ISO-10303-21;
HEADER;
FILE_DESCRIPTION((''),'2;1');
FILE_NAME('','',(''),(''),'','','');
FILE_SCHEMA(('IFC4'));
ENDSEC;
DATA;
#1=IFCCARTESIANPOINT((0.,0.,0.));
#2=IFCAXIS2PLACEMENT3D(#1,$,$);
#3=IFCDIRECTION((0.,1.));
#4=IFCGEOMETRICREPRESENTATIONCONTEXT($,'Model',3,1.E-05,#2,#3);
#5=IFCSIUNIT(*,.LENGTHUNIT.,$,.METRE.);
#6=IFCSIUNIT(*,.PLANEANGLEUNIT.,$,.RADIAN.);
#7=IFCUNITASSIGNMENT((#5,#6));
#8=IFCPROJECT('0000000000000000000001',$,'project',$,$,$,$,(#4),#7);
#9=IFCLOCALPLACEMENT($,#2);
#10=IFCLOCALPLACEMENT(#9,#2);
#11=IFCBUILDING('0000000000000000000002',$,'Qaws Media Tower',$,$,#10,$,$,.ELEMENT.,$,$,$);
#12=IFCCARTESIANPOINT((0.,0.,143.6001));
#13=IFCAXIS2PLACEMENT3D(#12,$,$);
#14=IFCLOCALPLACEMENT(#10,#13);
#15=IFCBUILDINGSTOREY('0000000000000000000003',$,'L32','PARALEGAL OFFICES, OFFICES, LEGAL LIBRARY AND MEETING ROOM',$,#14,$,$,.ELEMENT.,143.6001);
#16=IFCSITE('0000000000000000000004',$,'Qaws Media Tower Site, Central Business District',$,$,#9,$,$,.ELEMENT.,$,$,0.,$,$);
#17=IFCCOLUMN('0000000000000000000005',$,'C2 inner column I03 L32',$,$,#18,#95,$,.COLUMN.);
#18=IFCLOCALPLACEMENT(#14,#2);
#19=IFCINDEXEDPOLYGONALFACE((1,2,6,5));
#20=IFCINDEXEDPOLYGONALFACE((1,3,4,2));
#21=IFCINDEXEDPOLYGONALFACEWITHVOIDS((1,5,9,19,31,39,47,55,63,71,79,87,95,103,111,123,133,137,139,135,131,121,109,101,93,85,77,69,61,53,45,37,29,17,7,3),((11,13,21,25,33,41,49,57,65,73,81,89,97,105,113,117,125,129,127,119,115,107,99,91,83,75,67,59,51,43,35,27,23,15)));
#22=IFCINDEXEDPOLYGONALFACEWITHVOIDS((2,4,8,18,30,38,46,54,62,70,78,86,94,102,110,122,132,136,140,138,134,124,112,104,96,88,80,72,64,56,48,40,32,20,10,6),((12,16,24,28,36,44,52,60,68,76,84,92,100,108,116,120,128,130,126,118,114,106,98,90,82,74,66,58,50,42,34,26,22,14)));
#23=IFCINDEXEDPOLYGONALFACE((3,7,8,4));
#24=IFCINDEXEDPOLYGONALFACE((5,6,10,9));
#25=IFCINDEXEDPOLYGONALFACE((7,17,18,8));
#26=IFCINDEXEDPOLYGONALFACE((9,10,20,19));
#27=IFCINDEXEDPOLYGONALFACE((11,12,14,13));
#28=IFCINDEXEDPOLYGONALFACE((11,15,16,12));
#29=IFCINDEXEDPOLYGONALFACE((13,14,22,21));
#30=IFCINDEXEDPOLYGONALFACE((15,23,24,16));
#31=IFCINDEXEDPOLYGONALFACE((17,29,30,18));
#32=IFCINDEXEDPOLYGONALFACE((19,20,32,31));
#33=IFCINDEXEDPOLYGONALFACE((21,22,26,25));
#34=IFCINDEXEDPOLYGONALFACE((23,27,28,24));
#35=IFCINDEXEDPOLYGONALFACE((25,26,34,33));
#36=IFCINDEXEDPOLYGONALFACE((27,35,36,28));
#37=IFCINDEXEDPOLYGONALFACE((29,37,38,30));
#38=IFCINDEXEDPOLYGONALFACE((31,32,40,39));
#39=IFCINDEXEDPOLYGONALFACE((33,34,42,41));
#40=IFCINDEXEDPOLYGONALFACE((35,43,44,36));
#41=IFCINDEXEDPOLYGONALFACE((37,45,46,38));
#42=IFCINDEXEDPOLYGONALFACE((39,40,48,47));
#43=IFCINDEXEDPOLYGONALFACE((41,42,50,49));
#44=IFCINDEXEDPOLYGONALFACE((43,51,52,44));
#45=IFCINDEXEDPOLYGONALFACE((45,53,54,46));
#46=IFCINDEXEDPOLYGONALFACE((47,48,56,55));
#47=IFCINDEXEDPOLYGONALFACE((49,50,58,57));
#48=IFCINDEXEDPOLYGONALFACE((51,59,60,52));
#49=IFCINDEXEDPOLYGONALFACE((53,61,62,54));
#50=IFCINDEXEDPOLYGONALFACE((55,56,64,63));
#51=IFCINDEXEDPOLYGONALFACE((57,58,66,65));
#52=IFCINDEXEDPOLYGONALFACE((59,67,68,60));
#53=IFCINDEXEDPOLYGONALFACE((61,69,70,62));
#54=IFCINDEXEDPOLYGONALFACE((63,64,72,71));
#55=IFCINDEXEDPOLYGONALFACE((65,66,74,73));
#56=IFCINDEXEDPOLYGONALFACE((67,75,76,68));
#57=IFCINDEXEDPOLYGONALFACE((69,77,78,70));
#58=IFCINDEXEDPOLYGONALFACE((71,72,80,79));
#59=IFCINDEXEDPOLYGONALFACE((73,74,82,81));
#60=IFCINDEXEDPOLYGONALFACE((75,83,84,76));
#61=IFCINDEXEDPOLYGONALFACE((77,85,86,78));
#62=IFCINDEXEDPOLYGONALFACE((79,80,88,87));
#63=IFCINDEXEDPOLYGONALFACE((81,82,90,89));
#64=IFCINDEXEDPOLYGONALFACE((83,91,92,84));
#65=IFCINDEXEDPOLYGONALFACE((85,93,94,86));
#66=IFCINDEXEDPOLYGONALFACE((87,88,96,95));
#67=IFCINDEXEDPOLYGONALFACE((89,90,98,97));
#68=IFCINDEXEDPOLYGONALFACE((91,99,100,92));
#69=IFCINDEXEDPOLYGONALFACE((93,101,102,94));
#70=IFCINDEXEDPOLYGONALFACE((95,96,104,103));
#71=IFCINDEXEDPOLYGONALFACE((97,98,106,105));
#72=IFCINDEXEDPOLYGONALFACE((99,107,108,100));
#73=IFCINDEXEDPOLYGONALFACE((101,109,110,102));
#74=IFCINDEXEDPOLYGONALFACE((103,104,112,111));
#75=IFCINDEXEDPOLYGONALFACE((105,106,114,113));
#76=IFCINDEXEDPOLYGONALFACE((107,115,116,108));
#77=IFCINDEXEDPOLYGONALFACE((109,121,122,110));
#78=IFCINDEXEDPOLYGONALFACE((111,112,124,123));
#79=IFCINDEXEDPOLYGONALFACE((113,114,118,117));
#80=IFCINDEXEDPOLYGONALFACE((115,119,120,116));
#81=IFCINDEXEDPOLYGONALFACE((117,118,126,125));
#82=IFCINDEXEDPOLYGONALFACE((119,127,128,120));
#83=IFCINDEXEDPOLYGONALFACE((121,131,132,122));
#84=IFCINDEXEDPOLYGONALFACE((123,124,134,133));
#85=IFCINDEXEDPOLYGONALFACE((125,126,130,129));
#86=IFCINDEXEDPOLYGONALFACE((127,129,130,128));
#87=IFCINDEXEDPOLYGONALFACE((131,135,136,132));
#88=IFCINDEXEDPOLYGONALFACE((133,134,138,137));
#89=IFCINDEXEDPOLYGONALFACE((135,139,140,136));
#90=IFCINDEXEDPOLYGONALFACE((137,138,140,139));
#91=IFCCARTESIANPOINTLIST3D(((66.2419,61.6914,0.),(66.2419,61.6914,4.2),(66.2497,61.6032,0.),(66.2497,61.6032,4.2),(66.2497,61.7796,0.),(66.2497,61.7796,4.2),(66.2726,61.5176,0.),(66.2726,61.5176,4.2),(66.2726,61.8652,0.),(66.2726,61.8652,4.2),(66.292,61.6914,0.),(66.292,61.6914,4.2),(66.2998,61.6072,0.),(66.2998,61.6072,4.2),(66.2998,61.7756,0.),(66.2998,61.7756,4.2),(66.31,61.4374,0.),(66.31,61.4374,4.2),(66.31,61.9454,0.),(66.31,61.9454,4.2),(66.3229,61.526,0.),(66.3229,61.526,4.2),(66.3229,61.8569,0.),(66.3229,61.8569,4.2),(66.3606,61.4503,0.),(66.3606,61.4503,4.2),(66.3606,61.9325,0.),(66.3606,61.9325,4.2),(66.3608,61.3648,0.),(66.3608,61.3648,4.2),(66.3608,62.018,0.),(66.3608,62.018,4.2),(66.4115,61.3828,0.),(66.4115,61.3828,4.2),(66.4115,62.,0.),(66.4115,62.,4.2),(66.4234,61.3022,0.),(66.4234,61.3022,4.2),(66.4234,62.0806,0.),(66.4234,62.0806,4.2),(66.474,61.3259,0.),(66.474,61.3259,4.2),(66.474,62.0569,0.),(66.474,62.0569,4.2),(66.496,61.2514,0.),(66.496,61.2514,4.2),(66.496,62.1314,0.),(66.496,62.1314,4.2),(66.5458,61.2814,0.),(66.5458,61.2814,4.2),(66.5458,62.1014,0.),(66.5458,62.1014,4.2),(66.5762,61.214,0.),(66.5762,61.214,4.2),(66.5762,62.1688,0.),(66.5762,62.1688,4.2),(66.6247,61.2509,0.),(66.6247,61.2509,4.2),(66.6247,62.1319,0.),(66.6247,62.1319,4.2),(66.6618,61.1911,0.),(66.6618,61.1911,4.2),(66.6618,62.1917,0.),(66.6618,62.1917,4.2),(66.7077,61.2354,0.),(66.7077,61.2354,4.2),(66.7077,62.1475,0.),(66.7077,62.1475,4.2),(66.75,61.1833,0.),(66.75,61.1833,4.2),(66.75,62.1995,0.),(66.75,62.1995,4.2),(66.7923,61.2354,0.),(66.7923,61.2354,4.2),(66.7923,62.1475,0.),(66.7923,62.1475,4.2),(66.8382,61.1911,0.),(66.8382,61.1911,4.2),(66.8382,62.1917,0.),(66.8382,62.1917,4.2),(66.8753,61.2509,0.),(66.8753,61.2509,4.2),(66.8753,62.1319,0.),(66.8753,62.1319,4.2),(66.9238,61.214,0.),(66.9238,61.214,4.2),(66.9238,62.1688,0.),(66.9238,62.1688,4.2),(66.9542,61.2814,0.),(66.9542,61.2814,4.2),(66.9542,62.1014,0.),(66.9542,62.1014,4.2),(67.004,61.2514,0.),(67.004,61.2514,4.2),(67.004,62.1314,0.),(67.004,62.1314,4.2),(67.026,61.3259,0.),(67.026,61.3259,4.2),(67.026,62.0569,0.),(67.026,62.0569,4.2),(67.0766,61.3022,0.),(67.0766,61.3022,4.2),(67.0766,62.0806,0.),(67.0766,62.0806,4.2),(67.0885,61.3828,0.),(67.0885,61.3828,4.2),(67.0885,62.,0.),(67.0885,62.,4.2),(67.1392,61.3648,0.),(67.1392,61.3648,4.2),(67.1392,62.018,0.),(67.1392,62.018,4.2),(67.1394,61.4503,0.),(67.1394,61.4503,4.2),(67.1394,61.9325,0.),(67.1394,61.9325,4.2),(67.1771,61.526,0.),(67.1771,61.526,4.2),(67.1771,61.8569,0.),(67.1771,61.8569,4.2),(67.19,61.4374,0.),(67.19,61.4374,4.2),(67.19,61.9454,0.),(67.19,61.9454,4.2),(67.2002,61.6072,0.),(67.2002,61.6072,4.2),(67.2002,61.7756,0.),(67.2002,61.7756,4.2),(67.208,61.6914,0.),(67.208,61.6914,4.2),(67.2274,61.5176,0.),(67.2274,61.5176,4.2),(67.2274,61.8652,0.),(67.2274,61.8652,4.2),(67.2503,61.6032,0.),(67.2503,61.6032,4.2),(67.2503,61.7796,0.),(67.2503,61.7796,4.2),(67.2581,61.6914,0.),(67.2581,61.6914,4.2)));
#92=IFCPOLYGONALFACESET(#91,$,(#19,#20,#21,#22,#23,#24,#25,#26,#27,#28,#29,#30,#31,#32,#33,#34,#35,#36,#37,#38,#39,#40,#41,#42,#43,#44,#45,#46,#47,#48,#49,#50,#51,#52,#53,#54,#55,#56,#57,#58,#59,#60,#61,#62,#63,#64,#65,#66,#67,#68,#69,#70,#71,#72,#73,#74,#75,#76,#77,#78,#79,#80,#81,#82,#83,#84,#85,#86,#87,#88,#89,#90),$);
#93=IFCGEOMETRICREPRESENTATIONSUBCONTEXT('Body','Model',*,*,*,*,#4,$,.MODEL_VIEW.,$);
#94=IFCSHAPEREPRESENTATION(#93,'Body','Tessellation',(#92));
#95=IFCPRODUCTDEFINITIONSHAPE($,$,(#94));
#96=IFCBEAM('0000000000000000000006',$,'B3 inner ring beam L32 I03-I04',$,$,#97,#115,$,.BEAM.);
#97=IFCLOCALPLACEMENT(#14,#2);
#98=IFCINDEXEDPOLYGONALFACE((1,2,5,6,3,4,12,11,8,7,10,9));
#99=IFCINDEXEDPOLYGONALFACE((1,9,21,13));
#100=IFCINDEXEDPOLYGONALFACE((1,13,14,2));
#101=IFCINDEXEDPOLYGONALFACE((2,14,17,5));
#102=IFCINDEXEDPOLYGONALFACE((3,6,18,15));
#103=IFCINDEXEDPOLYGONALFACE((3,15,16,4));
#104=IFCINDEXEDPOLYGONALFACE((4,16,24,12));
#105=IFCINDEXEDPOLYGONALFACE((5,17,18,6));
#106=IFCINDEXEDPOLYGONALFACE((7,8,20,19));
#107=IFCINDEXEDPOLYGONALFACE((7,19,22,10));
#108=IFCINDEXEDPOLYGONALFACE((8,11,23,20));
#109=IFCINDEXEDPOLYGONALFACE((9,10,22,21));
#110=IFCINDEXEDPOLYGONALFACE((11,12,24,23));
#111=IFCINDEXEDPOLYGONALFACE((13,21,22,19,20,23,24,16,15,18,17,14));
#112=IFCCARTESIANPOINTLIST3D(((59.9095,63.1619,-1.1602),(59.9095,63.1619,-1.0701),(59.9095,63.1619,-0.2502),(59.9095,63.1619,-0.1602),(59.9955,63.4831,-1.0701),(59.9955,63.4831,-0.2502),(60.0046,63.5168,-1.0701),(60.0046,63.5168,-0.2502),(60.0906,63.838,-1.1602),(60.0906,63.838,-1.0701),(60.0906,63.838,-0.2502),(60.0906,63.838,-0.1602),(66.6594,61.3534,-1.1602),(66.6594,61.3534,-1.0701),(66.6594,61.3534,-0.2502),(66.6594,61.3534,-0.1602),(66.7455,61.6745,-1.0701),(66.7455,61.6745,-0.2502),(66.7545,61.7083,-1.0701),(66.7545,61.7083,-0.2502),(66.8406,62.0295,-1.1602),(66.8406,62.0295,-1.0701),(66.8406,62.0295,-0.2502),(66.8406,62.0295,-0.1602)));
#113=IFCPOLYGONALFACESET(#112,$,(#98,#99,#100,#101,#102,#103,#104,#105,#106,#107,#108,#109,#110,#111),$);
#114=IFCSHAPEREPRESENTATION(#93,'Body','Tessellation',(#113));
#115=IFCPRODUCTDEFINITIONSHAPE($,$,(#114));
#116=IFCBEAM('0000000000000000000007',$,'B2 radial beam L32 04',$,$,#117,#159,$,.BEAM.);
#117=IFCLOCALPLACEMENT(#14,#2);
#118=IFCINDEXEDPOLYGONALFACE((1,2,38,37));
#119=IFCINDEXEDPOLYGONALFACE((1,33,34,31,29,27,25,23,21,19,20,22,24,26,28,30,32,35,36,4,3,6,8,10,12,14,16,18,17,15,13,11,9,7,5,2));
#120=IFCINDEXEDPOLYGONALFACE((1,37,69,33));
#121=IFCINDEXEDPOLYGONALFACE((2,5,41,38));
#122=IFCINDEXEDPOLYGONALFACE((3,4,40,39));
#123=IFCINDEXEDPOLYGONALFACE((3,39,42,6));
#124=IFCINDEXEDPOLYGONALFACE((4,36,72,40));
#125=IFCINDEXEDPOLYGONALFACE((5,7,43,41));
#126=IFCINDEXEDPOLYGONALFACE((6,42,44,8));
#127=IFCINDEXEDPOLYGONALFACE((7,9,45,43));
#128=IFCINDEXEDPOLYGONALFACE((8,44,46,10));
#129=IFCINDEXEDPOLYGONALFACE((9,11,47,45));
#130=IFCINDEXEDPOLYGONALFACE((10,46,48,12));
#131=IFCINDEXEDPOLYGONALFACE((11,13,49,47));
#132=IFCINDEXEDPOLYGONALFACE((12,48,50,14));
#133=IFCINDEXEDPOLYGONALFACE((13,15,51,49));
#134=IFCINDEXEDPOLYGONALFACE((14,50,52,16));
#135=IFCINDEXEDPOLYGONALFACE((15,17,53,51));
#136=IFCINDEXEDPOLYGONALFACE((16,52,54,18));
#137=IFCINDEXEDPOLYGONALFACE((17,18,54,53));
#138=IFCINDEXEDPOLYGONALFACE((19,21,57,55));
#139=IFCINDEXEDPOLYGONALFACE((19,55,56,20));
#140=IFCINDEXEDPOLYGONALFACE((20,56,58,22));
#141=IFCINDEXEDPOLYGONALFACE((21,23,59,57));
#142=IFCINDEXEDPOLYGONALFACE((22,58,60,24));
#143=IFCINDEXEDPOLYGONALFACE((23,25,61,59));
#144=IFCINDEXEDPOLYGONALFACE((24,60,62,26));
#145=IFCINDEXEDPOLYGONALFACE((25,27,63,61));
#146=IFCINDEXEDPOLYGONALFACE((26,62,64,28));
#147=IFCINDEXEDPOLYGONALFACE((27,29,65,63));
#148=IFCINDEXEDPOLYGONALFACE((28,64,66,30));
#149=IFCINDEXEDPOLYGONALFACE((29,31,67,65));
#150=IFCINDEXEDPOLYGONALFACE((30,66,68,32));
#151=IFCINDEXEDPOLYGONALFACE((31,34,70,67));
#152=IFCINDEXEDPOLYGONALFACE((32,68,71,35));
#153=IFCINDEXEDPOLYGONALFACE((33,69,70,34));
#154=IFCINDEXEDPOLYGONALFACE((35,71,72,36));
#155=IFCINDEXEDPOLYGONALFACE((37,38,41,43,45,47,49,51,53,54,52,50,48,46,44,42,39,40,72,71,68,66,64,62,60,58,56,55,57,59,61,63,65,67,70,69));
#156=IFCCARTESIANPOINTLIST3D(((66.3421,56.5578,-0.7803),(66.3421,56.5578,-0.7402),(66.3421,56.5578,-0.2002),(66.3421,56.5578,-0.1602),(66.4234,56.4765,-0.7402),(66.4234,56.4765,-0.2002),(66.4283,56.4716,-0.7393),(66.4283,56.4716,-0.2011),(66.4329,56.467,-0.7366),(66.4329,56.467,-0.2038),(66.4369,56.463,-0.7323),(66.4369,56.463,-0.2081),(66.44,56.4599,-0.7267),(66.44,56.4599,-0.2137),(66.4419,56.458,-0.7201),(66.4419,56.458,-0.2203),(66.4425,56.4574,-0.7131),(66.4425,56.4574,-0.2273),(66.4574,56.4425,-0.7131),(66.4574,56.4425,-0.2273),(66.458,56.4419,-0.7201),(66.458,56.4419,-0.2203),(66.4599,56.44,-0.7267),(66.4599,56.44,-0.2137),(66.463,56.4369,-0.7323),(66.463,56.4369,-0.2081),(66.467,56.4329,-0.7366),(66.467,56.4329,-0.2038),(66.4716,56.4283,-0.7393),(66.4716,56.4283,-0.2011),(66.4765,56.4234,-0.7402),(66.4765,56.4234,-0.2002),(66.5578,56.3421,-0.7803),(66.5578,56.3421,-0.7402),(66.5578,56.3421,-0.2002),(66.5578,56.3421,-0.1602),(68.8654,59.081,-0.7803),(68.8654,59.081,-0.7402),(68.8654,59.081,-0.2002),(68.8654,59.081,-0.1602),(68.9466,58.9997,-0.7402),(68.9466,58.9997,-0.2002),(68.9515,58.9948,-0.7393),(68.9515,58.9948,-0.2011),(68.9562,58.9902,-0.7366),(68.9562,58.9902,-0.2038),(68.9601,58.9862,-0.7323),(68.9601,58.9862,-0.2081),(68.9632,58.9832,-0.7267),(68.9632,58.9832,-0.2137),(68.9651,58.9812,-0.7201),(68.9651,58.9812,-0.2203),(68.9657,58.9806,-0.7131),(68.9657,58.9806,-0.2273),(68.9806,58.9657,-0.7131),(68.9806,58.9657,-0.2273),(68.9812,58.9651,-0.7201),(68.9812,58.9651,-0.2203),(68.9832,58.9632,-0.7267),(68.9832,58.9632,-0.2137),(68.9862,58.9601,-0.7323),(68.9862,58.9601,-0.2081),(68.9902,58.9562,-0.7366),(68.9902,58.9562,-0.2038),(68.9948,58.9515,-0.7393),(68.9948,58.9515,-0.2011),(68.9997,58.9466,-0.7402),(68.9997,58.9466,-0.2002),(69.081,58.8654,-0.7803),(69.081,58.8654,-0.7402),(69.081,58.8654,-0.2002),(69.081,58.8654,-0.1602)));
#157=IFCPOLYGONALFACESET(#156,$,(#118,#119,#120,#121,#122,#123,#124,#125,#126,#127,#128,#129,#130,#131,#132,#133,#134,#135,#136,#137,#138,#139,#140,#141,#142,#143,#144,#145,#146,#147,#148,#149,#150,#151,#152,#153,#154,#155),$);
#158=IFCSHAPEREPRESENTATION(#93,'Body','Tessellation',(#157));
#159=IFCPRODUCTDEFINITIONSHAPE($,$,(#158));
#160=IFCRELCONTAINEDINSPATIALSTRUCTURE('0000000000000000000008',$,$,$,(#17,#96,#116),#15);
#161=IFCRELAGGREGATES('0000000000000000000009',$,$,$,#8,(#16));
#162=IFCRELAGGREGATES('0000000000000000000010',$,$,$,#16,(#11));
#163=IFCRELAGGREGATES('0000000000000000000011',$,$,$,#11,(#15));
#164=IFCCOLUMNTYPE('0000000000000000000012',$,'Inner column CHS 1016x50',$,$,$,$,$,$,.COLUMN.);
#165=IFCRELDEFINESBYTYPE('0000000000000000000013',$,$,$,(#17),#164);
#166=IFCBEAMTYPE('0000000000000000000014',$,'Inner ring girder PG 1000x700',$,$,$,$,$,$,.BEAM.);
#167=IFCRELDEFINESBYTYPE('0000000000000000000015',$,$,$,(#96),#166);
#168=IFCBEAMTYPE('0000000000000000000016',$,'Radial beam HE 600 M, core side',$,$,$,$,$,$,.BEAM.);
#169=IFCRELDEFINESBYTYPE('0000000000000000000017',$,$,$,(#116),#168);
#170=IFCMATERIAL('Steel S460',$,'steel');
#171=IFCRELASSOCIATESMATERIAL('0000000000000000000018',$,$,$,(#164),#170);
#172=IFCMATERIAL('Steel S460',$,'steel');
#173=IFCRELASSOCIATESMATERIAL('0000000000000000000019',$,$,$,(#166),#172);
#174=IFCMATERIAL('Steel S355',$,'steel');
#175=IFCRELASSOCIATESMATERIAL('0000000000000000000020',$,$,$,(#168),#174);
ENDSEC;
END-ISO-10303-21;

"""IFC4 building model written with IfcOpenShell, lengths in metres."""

from ifc_helpers import new_model, si_unit, direction, frame, origin, origin_2d, place, context, subcontext, project, spatial, hollow_circle, i_section, extrude, material, material_profile, profile_set, type_object, element, save


model = new_model("IFC4")

# Units and contexts
model_context = context("Model", 3, precision=1e-05, world=origin(), true_north=direction((0.0, 1.0)))
body_context = subcontext(model_context, "Body", "Model", "MODEL_VIEW")
ifc_project = project(units=[si_unit("LENGTHUNIT", "METRE"), si_unit("PLANEANGLEUNIT", "RADIAN")], contexts=[model_context])

# Site, building, storey
site_placement = place(None, origin())
site = spatial("IfcSite", under=ifc_project, at=site_placement, Name="Qaws Media Tower Site, Central Business District", CompositionType="ELEMENT", RefElevation=0.0)
building_placement = place(site_placement, origin())
building = spatial("IfcBuilding", under=site, at=building_placement, Name="Qaws Media Tower", CompositionType="ELEMENT")
storey_placement = place(building_placement, frame((0.0, 0.0, 143.6001)))
storey = spatial("IfcBuildingStorey", under=building, at=storey_placement, Name="L32", Description="PARALEGAL OFFICES, OFFICES, LEGAL LIBRARY AND MEETING ROOM", CompositionType="ELEMENT", Elevation=143.6001)

# Column
ifc_material_1 = material(Name="Steel S460", Category="steel")
ifc_material_profile_1 = material_profile(ifc_material_1, hollow_circle(Radius=0.5081, WallThickness=0.05, at=origin_2d()), Name="CHS 1016x50")
ifc_profile_set_1 = profile_set([ifc_material_profile_1], Name="Steel S460")
column_type = type_object("IfcColumnType", Name="Inner column CHS 1016x50", PredefinedType="COLUMN", material=ifc_profile_set_1)
column_placement = place(storey_placement, frame((66.75, 61.6914, 0.0), z_axis=(0.0, 0.0, 1.0), x_axis=(1.0, 0.0, 0.0)))
element("IfcColumn", 1, at=column_placement, inside=storey, type_object=column_type, Name="C2 inner column I03 L32", PredefinedType="COLUMN", context=body_context, shape_type="SweptSolid", body=[
    extrude(hollow_circle(Radius=0.5081, WallThickness=0.05, at=origin_2d()), origin(), (0.0, 0.0, 1.0), 4.2),
])

# Beams
ifc_material_2 = material(Name="Steel S460", Category="steel")
ifc_material_profile_2 = material_profile(ifc_material_2, i_section(OverallWidth=0.7, OverallDepth=1.0, WebThickness=0.0349, FlangeThickness=0.0901, at=origin_2d()), Name="PG 1000x700")
ifc_profile_set_2 = profile_set([ifc_material_profile_2], Name="Steel S460")
beam_type_1 = type_object("IfcBeamType", Name="Inner ring girder PG 1000x700", PredefinedType="BEAM", material=ifc_profile_set_2)
beam_1_placement = place(storey_placement, frame((66.75, 61.6914, -0.6602), z_axis=(-0.965928, 0.258811, 0.0), x_axis=(-0.258811, -0.965928, 0.0)))
element("IfcBeam", 2, at=beam_1_placement, inside=storey, type_object=beam_type_1, Name="B3 inner ring beam L32 I03-I04", PredefinedType="BEAM", context=body_context, shape_type="SweptSolid", body=[
    extrude(i_section(OverallWidth=0.7, OverallDepth=1.0, WebThickness=0.0349, FlangeThickness=0.0901, at=origin_2d()), origin(), (0.0, 0.0, 1.0), 6.988),
])
ifc_material_3 = material(Name="Steel S355", Category="steel")
ifc_material_profile_3 = material_profile(ifc_material_3, i_section(OverallWidth=0.3049, OverallDepth=0.6201, WebThickness=0.021, FlangeThickness=0.04, FilletRadius=0.0271, at=origin_2d()), Name="HE 600 M")
ifc_profile_set_3 = profile_set([ifc_material_profile_3], Name="Steel S355")
beam_type_2 = type_object("IfcBeamType", Name="Radial beam HE 600 M, core side", PredefinedType="BEAM", material=ifc_profile_set_3)
beam_2_placement = place(storey_placement, frame((66.45, 56.45, -0.4702), z_axis=(0.707107, 0.707107, 0.0), x_axis=(-0.707107, 0.707107, 0.0)))
element("IfcBeam", 3, at=beam_2_placement, inside=storey, type_object=beam_type_2, Name="B2 radial beam L32 04", PredefinedType="BEAM", context=body_context, shape_type="SweptSolid", body=[
    extrude(i_section(OverallWidth=0.3049, OverallDepth=0.6201, WebThickness=0.021, FlangeThickness=0.04, FilletRadius=0.0271, at=origin_2d()), origin(), (0.0, 0.0, 1.0), 3.5684),
])

save(model, "model.ifc")
